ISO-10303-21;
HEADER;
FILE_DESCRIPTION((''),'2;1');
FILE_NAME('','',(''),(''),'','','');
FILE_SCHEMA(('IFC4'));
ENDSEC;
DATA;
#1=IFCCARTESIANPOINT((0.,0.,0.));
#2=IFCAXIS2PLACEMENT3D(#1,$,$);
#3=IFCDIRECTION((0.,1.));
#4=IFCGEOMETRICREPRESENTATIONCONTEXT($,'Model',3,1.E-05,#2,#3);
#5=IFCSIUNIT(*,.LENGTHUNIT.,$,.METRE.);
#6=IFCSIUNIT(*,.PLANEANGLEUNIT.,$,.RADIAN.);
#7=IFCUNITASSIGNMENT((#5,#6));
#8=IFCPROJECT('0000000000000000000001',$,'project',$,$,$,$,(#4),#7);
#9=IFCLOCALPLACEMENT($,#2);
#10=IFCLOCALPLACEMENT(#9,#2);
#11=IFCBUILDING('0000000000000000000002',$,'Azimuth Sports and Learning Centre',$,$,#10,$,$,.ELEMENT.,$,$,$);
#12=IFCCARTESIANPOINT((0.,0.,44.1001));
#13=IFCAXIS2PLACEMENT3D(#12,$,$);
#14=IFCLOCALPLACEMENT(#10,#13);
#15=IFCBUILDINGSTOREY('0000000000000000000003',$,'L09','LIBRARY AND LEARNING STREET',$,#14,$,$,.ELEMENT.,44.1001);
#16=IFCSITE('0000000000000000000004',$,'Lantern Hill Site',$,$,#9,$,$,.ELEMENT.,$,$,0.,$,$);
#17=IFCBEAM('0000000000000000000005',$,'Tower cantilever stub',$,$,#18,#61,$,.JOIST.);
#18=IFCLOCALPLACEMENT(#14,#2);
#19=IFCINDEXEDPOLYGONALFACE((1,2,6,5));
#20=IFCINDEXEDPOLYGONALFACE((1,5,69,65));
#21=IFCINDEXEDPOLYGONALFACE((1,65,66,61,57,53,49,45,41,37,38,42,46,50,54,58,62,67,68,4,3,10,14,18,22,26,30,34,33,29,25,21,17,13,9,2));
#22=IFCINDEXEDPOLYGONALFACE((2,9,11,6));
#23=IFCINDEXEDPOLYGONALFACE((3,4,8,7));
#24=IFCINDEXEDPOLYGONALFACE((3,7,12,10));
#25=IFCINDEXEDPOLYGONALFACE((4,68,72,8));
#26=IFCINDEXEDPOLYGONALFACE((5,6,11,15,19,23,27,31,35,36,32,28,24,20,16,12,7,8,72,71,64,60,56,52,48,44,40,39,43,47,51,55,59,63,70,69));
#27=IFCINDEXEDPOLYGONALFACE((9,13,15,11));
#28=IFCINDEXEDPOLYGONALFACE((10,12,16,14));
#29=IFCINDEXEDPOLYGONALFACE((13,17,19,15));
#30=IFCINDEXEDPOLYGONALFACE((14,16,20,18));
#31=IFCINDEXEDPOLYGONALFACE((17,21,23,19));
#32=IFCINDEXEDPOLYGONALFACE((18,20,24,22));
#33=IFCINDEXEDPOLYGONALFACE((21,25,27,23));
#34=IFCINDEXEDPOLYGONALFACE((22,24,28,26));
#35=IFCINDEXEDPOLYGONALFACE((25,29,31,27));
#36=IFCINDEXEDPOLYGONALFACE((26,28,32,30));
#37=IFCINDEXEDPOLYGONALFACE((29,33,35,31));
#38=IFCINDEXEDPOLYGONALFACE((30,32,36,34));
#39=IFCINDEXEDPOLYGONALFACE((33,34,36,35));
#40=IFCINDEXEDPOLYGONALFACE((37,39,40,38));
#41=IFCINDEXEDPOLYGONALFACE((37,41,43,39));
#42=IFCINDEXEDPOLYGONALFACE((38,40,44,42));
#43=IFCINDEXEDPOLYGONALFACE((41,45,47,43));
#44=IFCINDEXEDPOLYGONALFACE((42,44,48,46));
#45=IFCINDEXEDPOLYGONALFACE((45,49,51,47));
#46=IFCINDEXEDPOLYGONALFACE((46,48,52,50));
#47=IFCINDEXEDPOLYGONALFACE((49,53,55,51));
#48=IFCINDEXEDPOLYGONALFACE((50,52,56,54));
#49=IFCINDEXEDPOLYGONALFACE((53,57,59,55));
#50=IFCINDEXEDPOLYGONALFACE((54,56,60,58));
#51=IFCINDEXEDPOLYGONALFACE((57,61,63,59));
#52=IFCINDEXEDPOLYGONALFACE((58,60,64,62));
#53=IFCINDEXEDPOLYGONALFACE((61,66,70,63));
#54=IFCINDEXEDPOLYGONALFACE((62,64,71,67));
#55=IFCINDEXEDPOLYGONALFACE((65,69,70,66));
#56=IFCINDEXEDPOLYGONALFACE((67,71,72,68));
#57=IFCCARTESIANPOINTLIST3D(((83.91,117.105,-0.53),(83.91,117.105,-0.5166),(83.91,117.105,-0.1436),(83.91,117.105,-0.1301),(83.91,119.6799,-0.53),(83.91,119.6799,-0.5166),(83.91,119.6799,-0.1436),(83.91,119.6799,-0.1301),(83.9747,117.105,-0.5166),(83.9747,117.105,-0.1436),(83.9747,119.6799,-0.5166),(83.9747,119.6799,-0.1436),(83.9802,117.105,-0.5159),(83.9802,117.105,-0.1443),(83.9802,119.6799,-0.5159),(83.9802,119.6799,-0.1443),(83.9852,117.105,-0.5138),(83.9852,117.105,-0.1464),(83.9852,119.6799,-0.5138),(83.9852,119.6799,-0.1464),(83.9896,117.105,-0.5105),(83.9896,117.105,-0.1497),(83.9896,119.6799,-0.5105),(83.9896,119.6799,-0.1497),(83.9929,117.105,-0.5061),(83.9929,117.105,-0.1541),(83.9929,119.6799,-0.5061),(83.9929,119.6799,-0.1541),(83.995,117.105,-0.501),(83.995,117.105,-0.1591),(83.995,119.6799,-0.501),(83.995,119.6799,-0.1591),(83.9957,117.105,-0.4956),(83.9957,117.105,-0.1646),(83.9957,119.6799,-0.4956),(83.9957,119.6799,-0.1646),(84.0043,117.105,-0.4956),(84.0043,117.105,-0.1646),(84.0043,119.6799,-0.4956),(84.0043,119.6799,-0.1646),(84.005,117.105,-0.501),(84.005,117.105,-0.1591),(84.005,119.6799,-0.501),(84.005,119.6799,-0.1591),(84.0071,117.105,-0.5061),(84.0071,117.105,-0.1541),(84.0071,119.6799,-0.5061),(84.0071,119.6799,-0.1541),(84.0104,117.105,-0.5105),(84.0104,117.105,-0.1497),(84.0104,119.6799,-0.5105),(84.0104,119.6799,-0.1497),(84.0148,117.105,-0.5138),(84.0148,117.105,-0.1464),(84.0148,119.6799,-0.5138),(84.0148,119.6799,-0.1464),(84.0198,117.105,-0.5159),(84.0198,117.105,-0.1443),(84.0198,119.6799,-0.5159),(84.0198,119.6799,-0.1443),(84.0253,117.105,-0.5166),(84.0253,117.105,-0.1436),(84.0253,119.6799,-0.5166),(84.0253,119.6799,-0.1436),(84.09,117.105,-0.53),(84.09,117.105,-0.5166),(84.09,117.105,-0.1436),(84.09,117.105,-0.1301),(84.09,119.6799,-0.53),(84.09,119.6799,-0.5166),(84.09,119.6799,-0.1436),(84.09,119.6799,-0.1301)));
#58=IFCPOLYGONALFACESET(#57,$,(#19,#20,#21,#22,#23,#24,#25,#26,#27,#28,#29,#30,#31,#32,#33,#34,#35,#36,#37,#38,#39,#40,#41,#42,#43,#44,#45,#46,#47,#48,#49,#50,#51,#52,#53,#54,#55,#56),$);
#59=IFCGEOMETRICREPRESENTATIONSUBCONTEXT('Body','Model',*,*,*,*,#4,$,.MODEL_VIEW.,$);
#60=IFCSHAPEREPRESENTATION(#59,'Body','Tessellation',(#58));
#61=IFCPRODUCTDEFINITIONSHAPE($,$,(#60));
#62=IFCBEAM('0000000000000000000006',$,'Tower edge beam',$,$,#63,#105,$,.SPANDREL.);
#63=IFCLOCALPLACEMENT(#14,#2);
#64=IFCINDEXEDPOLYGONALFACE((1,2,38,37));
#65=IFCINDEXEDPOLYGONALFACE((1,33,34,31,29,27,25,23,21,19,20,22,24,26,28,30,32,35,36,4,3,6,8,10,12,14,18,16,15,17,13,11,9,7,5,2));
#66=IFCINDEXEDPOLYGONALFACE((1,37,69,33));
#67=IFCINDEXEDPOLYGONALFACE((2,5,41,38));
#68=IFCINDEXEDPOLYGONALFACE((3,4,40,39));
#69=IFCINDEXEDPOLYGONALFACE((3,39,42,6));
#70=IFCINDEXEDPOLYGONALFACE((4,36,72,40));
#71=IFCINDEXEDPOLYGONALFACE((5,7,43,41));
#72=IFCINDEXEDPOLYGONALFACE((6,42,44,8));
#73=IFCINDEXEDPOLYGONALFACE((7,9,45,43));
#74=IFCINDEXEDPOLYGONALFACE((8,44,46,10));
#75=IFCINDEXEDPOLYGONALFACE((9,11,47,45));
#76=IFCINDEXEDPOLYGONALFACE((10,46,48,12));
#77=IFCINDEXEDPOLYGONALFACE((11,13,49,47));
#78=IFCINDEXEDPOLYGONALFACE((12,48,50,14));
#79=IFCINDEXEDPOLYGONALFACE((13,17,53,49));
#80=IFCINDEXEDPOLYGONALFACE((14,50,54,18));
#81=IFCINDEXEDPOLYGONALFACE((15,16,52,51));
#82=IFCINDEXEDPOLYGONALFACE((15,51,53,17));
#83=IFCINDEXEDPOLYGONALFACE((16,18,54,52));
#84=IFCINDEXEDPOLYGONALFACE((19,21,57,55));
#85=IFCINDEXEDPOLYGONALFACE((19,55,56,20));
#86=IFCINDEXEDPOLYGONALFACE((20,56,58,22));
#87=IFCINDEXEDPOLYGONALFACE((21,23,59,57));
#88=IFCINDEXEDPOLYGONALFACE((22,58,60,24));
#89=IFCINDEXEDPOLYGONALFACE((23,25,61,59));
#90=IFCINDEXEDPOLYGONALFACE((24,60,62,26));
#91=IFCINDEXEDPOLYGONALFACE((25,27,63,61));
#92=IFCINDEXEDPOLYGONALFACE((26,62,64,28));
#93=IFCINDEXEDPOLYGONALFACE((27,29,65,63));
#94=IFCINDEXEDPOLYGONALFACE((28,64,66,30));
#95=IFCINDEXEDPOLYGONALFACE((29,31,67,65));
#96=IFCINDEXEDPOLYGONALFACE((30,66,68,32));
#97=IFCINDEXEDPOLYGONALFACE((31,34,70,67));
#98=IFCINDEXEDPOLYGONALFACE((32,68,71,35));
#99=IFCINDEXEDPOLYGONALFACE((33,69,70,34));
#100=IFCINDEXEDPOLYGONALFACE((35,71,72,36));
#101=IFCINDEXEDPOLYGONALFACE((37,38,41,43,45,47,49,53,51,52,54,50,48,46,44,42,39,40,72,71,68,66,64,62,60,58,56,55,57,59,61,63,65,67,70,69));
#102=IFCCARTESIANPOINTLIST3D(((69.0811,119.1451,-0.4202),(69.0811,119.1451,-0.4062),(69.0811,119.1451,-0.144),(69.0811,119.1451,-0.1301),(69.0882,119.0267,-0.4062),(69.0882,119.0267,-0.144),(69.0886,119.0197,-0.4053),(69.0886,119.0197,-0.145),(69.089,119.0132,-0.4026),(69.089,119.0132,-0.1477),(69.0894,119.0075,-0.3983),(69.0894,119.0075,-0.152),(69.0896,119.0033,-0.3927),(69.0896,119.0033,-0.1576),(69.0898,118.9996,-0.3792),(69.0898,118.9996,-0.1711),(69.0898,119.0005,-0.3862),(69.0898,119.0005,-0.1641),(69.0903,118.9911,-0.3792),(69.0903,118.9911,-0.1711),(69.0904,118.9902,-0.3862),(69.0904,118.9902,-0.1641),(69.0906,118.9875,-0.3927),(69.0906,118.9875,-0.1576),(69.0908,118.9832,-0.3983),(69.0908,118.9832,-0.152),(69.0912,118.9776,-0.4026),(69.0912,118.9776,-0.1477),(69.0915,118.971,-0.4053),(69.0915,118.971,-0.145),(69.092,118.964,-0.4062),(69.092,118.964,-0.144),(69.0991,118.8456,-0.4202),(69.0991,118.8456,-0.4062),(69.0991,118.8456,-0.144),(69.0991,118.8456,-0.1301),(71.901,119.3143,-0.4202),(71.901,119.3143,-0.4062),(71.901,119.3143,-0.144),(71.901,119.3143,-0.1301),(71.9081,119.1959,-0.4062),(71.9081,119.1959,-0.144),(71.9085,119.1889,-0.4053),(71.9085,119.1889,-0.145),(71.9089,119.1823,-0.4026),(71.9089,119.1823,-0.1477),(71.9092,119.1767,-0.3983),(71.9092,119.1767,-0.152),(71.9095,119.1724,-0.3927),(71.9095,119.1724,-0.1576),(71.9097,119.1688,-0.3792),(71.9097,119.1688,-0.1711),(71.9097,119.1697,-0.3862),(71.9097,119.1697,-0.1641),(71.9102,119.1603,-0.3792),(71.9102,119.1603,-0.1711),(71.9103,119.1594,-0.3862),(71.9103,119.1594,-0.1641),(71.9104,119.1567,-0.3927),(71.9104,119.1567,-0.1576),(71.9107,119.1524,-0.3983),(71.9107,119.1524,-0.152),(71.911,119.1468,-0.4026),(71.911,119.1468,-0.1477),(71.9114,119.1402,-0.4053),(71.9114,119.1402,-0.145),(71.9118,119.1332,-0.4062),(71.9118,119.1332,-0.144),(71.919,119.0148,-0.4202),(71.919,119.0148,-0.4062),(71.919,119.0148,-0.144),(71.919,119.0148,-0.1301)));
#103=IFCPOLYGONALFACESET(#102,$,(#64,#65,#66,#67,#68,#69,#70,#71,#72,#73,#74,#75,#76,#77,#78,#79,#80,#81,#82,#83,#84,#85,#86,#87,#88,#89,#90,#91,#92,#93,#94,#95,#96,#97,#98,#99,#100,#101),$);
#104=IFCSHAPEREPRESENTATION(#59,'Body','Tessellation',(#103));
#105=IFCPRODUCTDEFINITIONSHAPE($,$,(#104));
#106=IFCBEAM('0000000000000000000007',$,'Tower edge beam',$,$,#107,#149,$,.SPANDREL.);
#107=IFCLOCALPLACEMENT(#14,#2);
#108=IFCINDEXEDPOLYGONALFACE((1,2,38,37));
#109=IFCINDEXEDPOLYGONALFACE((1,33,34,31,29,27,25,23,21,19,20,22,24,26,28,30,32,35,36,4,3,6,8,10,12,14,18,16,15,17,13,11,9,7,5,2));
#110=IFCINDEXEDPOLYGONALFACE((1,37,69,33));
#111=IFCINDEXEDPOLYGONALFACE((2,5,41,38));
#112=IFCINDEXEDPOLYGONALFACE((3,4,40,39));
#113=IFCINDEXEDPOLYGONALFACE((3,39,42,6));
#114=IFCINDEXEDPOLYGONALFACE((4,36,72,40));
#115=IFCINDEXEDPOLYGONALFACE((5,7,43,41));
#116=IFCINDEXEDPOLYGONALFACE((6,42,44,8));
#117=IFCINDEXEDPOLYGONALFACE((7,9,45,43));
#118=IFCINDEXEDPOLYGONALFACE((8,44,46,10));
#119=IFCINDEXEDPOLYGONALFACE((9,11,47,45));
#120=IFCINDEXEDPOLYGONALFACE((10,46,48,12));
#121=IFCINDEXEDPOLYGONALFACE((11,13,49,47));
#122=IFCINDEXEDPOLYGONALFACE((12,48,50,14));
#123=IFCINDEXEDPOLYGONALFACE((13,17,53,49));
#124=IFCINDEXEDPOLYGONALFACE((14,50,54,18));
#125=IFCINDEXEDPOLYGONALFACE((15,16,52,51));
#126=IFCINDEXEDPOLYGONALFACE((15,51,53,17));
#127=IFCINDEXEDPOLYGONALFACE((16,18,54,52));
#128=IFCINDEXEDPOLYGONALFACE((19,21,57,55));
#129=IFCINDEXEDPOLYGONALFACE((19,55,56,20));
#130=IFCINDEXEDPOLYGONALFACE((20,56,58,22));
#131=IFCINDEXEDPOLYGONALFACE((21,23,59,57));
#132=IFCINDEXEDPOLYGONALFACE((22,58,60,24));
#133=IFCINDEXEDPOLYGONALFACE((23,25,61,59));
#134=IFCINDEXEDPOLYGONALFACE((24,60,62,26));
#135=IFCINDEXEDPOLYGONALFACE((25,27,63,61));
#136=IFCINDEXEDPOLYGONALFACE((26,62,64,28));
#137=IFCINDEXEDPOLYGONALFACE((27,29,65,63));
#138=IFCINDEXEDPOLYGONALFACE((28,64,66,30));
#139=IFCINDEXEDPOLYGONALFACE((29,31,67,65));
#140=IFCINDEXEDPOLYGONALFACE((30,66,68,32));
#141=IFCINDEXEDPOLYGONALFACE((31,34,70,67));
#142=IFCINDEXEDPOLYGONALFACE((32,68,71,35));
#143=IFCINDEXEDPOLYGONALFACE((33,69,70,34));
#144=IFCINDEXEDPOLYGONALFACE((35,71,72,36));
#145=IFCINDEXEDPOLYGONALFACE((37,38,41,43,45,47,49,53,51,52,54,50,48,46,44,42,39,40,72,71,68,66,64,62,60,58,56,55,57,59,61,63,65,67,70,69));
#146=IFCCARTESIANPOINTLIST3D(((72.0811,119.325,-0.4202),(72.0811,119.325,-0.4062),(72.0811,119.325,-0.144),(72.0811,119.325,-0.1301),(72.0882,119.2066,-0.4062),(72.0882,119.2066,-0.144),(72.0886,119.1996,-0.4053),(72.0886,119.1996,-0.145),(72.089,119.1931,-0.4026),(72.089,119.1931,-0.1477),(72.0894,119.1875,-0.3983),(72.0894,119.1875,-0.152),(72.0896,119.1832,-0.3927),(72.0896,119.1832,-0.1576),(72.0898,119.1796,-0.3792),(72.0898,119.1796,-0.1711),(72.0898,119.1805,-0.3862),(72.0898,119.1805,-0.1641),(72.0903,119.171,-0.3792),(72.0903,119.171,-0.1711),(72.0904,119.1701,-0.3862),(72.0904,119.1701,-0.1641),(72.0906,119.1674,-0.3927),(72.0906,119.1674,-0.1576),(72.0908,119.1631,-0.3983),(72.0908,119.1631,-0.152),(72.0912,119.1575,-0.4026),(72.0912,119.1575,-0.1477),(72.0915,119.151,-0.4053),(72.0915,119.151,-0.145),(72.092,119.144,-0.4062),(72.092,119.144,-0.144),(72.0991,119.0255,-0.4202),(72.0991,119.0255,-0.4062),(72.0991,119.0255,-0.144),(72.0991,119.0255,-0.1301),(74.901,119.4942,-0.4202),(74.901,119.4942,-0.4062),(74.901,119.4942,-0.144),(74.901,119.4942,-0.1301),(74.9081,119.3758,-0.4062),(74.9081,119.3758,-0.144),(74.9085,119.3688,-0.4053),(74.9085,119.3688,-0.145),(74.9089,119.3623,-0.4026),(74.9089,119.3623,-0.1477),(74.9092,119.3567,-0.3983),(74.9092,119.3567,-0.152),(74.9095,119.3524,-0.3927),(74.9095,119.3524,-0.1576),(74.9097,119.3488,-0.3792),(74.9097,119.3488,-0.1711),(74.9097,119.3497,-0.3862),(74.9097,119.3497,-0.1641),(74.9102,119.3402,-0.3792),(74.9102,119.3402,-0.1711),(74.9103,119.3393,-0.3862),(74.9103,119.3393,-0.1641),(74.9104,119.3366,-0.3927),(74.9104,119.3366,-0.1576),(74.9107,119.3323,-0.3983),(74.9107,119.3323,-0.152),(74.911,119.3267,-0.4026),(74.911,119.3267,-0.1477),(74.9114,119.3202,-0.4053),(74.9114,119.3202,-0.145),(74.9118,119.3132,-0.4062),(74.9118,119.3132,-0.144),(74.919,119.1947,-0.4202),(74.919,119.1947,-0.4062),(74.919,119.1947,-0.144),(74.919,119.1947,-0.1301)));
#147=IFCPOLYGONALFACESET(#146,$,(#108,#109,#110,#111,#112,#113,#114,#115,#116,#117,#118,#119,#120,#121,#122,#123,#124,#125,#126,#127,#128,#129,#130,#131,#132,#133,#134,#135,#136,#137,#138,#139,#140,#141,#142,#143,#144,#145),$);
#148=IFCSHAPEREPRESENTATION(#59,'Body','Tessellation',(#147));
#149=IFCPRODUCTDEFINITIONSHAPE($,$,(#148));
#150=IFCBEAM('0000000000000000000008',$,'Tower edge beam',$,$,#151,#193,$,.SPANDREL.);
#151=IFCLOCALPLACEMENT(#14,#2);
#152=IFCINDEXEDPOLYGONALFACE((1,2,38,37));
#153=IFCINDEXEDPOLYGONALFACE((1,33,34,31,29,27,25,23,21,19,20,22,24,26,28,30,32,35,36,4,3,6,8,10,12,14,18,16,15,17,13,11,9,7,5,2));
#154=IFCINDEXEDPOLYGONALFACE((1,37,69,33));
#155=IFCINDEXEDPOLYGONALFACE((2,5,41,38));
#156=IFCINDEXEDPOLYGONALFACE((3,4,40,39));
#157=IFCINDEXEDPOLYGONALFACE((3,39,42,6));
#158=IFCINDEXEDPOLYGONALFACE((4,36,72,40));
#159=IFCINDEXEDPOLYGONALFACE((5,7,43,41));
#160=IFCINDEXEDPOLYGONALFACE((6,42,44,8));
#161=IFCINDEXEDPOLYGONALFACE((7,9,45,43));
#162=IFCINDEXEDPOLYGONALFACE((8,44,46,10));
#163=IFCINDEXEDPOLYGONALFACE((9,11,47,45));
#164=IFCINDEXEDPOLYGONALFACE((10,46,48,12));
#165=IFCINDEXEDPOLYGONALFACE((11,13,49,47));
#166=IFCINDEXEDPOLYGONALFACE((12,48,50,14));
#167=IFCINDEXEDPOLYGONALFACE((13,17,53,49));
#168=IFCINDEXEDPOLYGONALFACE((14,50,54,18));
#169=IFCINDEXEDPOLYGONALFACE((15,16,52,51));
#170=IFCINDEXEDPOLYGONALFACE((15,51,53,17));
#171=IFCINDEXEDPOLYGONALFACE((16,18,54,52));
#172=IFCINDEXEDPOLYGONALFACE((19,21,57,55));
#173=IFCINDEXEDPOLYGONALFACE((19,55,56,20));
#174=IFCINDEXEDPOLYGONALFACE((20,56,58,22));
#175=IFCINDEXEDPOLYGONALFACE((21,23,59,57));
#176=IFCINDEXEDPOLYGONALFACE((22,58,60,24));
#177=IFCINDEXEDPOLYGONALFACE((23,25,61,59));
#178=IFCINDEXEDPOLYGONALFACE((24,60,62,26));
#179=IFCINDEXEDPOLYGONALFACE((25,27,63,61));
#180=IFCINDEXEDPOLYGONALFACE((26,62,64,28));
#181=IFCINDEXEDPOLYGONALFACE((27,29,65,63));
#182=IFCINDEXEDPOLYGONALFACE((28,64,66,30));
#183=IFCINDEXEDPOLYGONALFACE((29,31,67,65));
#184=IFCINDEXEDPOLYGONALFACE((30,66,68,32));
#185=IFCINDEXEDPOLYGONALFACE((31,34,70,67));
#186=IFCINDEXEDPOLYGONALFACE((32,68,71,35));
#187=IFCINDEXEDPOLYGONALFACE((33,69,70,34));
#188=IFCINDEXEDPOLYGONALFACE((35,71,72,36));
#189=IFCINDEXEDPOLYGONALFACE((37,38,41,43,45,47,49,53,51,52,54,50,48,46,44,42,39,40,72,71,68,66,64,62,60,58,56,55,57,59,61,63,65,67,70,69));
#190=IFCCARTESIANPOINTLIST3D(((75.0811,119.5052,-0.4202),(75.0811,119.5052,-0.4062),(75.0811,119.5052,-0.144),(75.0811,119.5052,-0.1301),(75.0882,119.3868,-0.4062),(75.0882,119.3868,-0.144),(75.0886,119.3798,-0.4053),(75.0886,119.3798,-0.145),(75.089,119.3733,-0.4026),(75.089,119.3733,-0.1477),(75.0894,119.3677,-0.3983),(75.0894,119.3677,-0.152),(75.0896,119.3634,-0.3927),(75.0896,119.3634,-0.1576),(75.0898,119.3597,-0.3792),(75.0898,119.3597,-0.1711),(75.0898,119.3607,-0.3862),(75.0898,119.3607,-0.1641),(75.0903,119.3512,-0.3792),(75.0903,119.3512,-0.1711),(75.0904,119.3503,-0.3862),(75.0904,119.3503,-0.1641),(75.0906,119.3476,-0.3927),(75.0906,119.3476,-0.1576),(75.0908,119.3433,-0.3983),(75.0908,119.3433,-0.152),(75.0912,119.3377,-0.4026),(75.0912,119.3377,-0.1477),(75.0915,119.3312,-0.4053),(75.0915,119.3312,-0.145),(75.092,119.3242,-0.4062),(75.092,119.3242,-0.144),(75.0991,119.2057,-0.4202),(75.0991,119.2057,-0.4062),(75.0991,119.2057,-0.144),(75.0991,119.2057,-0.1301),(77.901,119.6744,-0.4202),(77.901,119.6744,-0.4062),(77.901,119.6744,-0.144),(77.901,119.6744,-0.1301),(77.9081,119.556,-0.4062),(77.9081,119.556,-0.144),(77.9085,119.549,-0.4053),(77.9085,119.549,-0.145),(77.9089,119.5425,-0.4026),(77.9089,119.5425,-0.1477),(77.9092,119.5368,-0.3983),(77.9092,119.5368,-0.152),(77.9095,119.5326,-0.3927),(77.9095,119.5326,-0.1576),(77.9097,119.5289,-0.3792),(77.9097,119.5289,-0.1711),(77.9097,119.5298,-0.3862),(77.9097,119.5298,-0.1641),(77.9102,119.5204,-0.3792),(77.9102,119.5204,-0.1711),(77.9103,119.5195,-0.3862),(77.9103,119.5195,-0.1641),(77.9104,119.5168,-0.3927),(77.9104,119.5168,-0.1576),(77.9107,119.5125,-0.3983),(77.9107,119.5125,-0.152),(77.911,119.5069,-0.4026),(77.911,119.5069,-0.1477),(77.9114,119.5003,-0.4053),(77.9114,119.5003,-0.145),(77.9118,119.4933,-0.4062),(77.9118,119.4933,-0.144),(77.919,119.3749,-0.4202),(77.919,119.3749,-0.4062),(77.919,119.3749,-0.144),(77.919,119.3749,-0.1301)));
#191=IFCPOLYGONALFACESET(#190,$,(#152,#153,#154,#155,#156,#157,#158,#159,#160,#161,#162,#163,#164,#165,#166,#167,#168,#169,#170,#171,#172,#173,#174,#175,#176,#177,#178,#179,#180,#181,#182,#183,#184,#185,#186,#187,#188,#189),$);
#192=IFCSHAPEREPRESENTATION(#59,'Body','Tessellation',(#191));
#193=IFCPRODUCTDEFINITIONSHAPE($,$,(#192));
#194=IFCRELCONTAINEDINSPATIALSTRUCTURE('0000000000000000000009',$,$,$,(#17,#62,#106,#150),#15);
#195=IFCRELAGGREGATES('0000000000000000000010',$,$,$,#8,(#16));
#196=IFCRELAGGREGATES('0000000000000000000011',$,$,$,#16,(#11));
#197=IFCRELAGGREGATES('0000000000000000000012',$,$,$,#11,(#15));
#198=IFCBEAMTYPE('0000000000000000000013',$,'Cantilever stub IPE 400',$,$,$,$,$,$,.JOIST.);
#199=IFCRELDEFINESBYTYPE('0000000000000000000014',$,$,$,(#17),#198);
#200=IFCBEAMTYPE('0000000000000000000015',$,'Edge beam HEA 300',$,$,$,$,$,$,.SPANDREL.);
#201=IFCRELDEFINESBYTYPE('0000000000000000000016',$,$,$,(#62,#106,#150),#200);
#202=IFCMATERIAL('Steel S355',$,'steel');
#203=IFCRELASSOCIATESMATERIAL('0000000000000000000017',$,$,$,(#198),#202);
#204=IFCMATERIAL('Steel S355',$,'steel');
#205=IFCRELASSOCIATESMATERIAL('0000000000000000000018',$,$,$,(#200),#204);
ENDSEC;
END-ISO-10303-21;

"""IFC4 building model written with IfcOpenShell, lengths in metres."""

from ifc_helpers import new_model, si_unit, direction, frame, origin, origin_2d, place, context, subcontext, project, spatial, i_section, extrude, material, material_profile, profile_set, type_object, element, save


model = new_model("IFC4")

# Units and contexts
model_context = context("Model", 3, precision=1e-05, world=origin(), true_north=direction((0.0, 1.0)))
body_context = subcontext(model_context, "Body", "Model", "MODEL_VIEW")
ifc_project = project(units=[si_unit("LENGTHUNIT", "METRE"), si_unit("PLANEANGLEUNIT", "RADIAN")], contexts=[model_context])

# Site, building, storey
site_placement = place(None, origin())
site = spatial("IfcSite", under=ifc_project, at=site_placement, Name="Lantern Hill Site", CompositionType="ELEMENT", RefElevation=0.0)
building_placement = place(site_placement, origin())
building = spatial("IfcBuilding", under=site, at=building_placement, Name="Azimuth Sports and Learning Centre", CompositionType="ELEMENT")
storey_placement = place(building_placement, frame((0.0, 0.0, 44.1001)))
storey = spatial("IfcBuildingStorey", under=building, at=storey_placement, Name="L09", Description="LIBRARY AND LEARNING STREET", CompositionType="ELEMENT", Elevation=44.1001)

# Beams
ifc_material_1 = material(Name="Steel S355", Category="steel")
ifc_material_profile_1 = material_profile(ifc_material_1, i_section(OverallWidth=0.1799, OverallDepth=0.3999, WebThickness=0.0085, FlangeThickness=0.0134, FilletRadius=0.021, at=origin_2d()), Name="IPE 400")
ifc_profile_set_1 = profile_set([ifc_material_profile_1], Name="Steel S355")
beam_type_1 = type_object("IfcBeamType", Name="Cantilever stub IPE 400", PredefinedType="JOIST", material=ifc_profile_set_1)
beam_1_placement = place(storey_placement, frame((84.0, 117.105, -0.3301), z_axis=(0.0, 1.0, 0.0), x_axis=(-1.0, 0.0, 0.0)))
element("IfcBeam", 1, at=beam_1_placement, inside=storey, type_object=beam_type_1, Name="Tower cantilever stub", PredefinedType="JOIST", context=body_context, shape_type="SweptSolid", body=[
    extrude(i_section(OverallWidth=0.1799, OverallDepth=0.3999, WebThickness=0.0085, FlangeThickness=0.0134, FilletRadius=0.021, at=origin_2d()), origin(), (0.0, 0.0, 1.0), 2.575),
])
ifc_material_2 = material(Name="Steel S355", Category="steel")
ifc_material_profile_2 = material_profile(ifc_material_2, i_section(OverallWidth=0.3, OverallDepth=0.29, WebThickness=0.0085, FlangeThickness=0.0139, FilletRadius=0.0271, at=origin_2d()), Name="HEA 300")
ifc_profile_set_2 = profile_set([ifc_material_profile_2], Name="Steel S355")
beam_type_2 = type_object("IfcBeamType", Name="Edge beam HEA 300", PredefinedType="SPANDREL", material=ifc_profile_set_2)
for number, where, z_axis, x_axis, name in (
    (2, (69.0901, 118.9954, -0.2751), (0.998205, 0.059892, 0.0), (-0.059892, 0.998205, 0.0), "Tower edge beam"),
    (3, (72.0901, 119.1753, -0.2751), (0.998205, 0.059892, 0.0), (-0.059892, 0.998205, 0.0), "Tower edge beam"),
    (4, (75.0901, 119.3555, -0.2751), (0.998205, 0.059892, 0.0), (-0.059892, 0.998205, 0.0), "Tower edge beam"),
):
    element("IfcBeam", number, at=place(storey_placement, frame(where, z_axis=z_axis, x_axis=x_axis)), inside=storey, type_object=beam_type_2, Name=name, PredefinedType="SPANDREL", context=body_context, shape_type="SweptSolid", body=[
        extrude(i_section(OverallWidth=0.3, OverallDepth=0.29, WebThickness=0.0085, FlangeThickness=0.0139, FilletRadius=0.0271, at=origin_2d()), origin(), (0.0, 0.0, 1.0), 2.825),
    ])

save(model, "model.ifc")
